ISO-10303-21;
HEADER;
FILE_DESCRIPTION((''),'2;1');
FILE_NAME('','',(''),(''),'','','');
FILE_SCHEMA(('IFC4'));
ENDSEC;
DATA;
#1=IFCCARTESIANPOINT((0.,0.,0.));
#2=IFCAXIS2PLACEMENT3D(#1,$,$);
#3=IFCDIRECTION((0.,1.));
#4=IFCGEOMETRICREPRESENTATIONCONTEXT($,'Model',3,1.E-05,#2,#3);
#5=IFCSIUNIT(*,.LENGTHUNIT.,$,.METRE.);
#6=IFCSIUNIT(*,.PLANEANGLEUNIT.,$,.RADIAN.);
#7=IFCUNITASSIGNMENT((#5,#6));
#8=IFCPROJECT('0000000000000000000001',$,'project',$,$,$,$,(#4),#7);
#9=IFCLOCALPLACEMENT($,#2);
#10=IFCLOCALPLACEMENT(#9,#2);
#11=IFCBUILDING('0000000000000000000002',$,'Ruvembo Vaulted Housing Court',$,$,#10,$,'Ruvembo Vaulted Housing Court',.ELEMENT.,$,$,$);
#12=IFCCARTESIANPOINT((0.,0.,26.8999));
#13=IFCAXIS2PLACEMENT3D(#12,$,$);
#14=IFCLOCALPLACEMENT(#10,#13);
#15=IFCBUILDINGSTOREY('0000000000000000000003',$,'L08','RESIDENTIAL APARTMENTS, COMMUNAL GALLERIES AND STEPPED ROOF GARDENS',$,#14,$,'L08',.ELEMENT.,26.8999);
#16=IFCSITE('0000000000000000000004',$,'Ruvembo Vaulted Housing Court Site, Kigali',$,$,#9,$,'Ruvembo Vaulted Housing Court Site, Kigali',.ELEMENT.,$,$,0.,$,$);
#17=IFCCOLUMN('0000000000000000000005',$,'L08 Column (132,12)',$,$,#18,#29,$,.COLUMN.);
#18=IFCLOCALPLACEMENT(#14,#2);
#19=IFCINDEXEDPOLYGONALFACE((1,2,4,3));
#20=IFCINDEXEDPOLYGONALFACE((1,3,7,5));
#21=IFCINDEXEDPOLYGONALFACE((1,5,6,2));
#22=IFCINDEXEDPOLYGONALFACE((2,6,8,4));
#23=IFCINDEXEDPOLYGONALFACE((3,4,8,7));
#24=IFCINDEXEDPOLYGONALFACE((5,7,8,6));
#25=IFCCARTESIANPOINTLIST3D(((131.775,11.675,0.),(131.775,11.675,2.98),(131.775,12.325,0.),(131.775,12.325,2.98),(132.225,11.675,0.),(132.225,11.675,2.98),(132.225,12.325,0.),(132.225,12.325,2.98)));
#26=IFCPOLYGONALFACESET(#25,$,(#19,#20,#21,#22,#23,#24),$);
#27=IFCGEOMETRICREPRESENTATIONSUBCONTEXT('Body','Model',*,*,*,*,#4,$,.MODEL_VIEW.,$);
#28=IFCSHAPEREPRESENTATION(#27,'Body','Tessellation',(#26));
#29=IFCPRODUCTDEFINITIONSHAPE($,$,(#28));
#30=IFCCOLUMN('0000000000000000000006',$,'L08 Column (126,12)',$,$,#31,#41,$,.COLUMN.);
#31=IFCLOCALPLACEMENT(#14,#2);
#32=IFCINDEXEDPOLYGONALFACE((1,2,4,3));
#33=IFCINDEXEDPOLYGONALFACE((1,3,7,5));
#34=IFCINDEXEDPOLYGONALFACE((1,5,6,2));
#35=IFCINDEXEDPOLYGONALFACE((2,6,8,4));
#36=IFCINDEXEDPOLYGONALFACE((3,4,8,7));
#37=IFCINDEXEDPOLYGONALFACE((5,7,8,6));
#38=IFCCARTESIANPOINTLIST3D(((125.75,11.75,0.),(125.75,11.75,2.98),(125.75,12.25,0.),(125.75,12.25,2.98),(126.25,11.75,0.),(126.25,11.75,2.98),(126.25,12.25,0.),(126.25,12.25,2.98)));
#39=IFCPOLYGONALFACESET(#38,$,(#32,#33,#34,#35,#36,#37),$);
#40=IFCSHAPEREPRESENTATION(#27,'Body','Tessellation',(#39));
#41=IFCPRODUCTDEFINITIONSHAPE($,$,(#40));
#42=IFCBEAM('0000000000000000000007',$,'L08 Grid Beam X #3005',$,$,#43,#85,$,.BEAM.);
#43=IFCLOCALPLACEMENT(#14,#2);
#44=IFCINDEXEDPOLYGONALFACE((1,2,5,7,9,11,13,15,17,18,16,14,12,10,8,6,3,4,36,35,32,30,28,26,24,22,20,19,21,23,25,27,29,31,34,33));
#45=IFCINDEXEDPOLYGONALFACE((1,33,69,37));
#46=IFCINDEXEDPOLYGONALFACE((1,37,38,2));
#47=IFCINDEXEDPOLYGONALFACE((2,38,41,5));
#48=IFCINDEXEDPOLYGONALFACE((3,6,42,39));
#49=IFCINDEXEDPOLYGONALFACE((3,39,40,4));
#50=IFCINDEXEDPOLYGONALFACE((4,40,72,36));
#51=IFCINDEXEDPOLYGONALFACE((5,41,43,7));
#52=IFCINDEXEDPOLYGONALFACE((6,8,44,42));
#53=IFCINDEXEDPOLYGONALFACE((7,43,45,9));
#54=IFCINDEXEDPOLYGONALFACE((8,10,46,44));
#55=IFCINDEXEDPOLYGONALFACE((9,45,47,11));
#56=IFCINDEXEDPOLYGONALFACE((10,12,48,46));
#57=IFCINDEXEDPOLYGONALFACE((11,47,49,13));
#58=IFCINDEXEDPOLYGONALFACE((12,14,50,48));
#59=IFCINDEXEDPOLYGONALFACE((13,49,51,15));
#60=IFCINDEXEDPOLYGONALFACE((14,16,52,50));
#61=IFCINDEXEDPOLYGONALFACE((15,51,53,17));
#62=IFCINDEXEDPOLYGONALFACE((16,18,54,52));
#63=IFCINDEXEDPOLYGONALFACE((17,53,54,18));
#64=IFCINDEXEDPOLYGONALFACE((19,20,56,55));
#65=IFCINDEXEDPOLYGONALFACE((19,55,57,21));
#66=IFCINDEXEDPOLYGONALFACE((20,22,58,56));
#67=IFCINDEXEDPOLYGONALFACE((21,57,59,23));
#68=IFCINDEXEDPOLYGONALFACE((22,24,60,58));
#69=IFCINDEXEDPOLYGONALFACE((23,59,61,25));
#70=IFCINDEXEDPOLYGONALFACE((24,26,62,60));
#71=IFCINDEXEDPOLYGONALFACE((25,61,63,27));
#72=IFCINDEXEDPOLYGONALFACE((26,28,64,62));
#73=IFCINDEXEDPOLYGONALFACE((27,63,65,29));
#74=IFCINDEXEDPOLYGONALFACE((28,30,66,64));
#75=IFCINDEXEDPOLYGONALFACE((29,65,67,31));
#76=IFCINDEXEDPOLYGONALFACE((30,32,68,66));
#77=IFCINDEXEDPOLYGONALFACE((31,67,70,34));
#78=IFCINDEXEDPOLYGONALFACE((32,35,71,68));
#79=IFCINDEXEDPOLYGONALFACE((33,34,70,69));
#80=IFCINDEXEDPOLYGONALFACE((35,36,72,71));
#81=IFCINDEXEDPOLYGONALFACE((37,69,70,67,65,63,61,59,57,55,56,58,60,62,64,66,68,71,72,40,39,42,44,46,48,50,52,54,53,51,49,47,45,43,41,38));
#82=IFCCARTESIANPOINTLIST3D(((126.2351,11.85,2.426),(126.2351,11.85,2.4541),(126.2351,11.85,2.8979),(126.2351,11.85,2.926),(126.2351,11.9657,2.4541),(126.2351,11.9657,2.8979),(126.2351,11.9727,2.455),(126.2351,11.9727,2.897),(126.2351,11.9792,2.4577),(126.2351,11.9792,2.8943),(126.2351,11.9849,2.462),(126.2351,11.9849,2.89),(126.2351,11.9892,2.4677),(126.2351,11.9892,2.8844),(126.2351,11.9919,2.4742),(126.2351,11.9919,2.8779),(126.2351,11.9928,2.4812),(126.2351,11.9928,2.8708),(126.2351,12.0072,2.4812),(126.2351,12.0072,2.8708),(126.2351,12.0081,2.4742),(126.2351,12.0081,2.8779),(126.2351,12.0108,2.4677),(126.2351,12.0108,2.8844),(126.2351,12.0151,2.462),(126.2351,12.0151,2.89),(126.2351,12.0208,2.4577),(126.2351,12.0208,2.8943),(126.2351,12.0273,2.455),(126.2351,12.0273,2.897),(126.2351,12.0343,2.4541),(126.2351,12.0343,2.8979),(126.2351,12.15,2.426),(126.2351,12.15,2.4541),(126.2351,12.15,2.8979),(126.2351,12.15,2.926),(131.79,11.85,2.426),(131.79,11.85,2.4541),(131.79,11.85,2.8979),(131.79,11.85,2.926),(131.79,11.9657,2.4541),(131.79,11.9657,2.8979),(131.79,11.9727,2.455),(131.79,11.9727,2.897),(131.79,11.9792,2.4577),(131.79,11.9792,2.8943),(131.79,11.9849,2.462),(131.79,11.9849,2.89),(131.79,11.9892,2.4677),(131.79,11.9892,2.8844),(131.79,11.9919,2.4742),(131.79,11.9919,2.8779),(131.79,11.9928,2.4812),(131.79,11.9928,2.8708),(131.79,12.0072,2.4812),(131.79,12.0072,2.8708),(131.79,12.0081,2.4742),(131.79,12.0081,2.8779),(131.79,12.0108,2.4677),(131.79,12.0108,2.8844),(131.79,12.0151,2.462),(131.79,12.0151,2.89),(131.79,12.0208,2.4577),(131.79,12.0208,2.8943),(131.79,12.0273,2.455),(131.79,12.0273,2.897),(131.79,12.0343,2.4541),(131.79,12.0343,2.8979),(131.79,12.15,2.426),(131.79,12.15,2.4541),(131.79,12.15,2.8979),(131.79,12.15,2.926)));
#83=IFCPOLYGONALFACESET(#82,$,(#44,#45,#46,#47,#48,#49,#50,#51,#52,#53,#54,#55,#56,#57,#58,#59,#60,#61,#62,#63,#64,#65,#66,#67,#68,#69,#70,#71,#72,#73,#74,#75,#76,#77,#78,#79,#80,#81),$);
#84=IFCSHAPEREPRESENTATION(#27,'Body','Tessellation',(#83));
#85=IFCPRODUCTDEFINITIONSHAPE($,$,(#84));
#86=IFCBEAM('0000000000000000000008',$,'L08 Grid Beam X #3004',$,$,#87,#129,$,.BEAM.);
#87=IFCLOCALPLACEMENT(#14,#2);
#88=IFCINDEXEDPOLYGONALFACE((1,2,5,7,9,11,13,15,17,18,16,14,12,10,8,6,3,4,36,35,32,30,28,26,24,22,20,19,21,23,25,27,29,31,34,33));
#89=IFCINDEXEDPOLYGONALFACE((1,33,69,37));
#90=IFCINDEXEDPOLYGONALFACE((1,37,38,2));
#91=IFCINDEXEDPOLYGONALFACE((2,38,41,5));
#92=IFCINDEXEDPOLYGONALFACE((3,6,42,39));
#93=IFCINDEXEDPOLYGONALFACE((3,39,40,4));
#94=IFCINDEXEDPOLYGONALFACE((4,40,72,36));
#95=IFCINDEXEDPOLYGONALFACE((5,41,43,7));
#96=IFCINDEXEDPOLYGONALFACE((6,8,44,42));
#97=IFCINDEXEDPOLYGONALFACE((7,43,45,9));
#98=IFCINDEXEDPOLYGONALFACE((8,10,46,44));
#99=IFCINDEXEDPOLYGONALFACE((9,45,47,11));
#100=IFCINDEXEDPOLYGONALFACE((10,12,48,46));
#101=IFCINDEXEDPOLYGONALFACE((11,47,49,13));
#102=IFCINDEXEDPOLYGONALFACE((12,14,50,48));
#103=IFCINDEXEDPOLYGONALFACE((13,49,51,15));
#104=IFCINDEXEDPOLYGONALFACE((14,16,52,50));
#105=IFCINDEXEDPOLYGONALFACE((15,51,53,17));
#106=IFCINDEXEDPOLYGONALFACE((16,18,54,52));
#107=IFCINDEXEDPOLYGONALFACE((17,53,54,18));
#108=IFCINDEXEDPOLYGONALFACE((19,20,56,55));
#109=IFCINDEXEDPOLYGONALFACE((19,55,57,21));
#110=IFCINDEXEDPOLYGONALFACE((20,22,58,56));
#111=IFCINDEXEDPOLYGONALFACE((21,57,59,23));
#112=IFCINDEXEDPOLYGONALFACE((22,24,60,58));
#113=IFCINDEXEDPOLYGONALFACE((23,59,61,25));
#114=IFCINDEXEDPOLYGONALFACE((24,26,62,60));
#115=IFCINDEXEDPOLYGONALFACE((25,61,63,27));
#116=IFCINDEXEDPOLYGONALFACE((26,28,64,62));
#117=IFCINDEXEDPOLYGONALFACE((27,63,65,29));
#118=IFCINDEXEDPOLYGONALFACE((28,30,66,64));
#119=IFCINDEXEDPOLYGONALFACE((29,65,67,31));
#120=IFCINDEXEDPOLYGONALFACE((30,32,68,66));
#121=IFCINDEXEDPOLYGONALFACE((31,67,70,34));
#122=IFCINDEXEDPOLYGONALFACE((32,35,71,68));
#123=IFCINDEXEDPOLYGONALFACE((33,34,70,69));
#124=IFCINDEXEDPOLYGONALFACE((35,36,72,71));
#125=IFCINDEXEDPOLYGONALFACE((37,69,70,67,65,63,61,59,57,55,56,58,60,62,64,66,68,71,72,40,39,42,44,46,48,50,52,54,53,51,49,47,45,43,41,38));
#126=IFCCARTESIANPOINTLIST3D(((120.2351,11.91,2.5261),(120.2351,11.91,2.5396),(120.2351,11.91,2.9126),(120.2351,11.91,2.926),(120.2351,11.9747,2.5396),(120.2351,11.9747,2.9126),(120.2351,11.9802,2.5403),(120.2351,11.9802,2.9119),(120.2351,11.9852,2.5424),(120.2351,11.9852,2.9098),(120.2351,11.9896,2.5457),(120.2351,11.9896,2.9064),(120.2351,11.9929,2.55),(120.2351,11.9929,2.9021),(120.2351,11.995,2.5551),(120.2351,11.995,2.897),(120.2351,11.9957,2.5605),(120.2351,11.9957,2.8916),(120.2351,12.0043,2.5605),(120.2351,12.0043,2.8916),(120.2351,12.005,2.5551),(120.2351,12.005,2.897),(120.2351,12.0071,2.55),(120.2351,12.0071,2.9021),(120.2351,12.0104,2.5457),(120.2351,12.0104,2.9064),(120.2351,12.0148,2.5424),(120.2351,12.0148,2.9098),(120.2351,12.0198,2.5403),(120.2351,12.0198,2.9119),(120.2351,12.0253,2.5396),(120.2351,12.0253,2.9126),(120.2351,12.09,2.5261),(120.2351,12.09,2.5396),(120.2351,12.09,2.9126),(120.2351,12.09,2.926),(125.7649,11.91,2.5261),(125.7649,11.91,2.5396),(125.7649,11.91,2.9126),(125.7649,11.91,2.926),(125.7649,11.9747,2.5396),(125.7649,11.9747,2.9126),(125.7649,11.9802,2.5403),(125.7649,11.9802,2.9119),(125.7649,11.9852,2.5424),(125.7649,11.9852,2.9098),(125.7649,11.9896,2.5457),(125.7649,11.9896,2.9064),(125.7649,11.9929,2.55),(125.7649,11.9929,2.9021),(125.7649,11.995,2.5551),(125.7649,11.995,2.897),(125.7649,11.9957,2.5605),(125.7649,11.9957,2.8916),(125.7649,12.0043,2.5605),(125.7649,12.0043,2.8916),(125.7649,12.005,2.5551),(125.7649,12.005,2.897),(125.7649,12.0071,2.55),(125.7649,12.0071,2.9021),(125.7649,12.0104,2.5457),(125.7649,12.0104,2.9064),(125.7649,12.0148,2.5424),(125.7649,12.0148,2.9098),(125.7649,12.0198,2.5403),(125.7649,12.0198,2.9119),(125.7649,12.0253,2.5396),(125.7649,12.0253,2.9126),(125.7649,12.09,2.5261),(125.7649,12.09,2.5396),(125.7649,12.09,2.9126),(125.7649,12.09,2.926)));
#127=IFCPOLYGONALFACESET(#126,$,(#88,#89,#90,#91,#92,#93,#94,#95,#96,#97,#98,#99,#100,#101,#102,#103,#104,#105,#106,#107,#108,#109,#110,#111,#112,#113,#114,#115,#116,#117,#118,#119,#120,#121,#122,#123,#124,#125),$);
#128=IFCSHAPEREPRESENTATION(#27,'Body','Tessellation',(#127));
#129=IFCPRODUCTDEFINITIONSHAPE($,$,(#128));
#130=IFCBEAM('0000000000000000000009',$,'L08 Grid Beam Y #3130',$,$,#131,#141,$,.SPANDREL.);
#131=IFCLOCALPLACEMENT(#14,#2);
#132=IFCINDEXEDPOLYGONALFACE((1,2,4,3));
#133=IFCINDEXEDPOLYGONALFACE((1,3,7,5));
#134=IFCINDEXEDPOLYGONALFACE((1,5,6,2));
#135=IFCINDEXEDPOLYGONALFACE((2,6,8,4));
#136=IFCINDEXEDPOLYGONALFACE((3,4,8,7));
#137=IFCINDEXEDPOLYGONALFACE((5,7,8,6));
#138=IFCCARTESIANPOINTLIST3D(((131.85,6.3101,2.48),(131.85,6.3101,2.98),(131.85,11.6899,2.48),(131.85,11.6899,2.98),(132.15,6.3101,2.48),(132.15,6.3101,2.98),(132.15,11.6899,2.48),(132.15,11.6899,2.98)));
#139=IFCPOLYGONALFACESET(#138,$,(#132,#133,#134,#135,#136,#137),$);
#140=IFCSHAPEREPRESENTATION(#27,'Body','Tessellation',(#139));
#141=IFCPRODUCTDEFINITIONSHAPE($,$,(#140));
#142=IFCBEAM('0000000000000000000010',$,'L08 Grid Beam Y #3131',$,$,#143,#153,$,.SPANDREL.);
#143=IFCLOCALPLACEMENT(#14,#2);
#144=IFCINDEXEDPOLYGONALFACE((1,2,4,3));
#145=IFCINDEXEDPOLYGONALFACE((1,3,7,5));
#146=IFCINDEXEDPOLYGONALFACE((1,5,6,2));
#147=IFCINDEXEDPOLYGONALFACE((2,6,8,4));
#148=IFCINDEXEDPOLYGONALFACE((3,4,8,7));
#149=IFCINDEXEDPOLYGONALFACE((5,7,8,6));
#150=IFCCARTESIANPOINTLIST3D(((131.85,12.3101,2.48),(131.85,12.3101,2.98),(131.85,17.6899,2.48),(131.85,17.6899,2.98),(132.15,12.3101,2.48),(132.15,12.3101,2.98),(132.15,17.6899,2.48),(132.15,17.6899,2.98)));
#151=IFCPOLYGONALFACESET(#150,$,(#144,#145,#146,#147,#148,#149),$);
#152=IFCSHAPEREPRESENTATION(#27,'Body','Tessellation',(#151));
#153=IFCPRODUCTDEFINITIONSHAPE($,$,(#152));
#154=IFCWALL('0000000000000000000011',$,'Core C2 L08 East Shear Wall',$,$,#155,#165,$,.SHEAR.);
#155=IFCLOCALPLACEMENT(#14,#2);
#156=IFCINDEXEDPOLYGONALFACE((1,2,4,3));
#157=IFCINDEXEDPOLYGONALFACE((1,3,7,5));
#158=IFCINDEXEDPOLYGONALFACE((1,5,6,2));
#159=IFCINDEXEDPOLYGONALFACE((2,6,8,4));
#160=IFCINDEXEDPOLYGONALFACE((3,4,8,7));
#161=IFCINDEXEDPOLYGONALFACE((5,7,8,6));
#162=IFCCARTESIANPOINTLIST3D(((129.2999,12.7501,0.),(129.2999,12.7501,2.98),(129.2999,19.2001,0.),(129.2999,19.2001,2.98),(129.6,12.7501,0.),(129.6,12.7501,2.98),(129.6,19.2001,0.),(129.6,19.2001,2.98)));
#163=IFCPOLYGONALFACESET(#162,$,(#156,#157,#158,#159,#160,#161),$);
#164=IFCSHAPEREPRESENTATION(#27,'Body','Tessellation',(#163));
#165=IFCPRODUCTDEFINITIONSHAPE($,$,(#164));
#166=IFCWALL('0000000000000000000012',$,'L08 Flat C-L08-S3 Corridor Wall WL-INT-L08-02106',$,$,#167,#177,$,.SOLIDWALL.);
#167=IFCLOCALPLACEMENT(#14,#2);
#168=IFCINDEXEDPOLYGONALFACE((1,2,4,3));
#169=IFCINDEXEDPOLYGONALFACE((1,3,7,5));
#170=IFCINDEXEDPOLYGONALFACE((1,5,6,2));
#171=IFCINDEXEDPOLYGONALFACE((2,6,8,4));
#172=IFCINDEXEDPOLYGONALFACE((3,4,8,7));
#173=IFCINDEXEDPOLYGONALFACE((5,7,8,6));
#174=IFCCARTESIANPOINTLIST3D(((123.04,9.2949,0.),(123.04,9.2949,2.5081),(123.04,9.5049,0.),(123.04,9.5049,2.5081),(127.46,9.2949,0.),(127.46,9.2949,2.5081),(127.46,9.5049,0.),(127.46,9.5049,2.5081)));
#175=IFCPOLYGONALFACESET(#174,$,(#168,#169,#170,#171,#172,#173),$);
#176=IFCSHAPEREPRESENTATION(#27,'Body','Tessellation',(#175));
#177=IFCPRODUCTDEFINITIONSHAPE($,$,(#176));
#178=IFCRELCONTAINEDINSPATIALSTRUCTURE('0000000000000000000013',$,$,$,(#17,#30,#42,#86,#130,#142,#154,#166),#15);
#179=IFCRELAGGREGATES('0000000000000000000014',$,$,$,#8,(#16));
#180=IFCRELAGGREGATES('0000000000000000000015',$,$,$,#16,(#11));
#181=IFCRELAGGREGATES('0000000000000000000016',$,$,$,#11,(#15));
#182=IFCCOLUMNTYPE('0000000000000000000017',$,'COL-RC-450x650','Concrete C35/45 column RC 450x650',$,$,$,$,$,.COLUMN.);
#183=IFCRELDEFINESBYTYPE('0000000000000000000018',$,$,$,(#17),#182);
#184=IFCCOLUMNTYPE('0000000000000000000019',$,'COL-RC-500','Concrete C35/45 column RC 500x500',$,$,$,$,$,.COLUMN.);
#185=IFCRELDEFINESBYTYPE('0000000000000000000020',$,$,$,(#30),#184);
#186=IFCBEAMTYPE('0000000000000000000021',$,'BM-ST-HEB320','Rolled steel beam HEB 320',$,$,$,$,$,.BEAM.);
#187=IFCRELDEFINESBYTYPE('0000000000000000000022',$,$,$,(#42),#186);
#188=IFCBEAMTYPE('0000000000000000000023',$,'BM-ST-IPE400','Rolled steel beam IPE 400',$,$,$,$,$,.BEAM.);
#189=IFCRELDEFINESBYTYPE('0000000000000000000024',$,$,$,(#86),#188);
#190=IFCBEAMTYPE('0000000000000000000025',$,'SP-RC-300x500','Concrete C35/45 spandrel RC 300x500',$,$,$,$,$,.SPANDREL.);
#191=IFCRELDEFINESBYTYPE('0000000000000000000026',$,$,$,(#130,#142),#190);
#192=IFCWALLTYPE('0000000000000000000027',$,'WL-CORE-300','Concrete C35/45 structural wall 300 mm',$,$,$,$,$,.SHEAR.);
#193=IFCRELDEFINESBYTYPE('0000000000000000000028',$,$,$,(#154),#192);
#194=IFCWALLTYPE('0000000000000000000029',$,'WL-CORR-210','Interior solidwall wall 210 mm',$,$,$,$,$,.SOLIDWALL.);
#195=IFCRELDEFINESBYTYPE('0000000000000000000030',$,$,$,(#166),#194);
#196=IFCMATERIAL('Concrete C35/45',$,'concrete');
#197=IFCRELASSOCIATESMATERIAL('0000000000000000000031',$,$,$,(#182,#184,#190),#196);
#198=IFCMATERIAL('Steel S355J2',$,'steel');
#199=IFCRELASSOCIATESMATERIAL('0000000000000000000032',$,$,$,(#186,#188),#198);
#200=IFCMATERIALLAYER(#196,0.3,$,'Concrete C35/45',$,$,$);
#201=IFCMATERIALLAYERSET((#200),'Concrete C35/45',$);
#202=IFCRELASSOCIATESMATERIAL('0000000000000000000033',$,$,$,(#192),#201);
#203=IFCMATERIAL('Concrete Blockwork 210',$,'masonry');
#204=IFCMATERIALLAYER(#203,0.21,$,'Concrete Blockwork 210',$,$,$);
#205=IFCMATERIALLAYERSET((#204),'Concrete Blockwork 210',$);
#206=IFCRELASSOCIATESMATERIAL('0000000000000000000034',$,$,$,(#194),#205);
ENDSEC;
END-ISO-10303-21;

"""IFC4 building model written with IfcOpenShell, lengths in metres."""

from ifc_helpers import new_model, si_unit, direction, frame, frame_2d, origin, origin_2d, place, context, subcontext, project, spatial, rectangle, i_section, extrude, material, layer, layer_set, material_profile, profile_set, type_object, element, save


model = new_model("IFC4")

# Units and contexts
model_context = context("Model", 3, precision=1e-05, world=origin(), true_north=direction((0.0, 1.0)))
body_context = subcontext(model_context, "Body", "Model", "MODEL_VIEW")
ifc_project = project(units=[si_unit("LENGTHUNIT", "METRE"), si_unit("PLANEANGLEUNIT", "RADIAN")], contexts=[model_context])

# Site, building, storey
site_placement = place(None, origin())
site = spatial("IfcSite", under=ifc_project, at=site_placement, Name="Ruvembo Vaulted Housing Court Site, Kigali", LongName="Ruvembo Vaulted Housing Court Site, Kigali", CompositionType="ELEMENT", RefElevation=0.0)
building_placement = place(site_placement, origin())
building = spatial("IfcBuilding", under=site, at=building_placement, Name="Ruvembo Vaulted Housing Court", LongName="Ruvembo Vaulted Housing Court", CompositionType="ELEMENT")
storey_placement = place(building_placement, frame((0.0, 0.0, 26.8999)))
storey = spatial("IfcBuildingStorey", under=building, at=storey_placement, Name="L08", Description="RESIDENTIAL APARTMENTS, COMMUNAL GALLERIES AND STEPPED ROOF GARDENS", LongName="L08", CompositionType="ELEMENT", Elevation=26.8999)

# Columns
ifc_material_1 = material(Name="Concrete C35/45", Category="concrete")
ifc_material_profile_1 = material_profile(ifc_material_1, rectangle(XDim=0.45, YDim=0.6499, at=origin_2d()), Name="RC 450x650")
ifc_profile_set_1 = profile_set([ifc_material_profile_1], Name="Concrete C35/45")
column_type_1 = type_object("IfcColumnType", Name="COL-RC-450x650", Description="Concrete C35/45 column RC 450x650", PredefinedType="COLUMN", material=ifc_profile_set_1)
column_1_placement = place(storey_placement, frame((132.0, 12.0, 0.0), z_axis=(0.0, 0.0, 1.0), x_axis=(1.0, 0.0, 0.0)))
element("IfcColumn", 1, at=column_1_placement, inside=storey, type_object=column_type_1, Name="L08 Column (132,12)", PredefinedType="COLUMN", context=body_context, shape_type="SweptSolid", body=[
    extrude(rectangle(XDim=0.45, YDim=0.6499, at=origin_2d()), origin(), (0.0, 0.0, 1.0), 2.98),
])
ifc_material_profile_2 = material_profile(ifc_material_1, rectangle(XDim=0.5, YDim=0.5, at=origin_2d()), Name="RC 500x500")
ifc_profile_set_2 = profile_set([ifc_material_profile_2], Name="Concrete C35/45")
column_type_2 = type_object("IfcColumnType", Name="COL-RC-500", Description="Concrete C35/45 column RC 500x500", PredefinedType="COLUMN", material=ifc_profile_set_2)
column_2_placement = place(storey_placement, frame((126.0, 12.0, 0.0), z_axis=(0.0, 0.0, 1.0), x_axis=(1.0, 0.0, 0.0)))
element("IfcColumn", 2, at=column_2_placement, inside=storey, type_object=column_type_2, Name="L08 Column (126,12)", PredefinedType="COLUMN", context=body_context, shape_type="SweptSolid", body=[
    extrude(rectangle(XDim=0.5, YDim=0.5, at=origin_2d()), origin(), (0.0, 0.0, 1.0), 2.98),
])

# Beams
ifc_material_2 = material(Name="Steel S355J2", Category="steel")
ifc_material_profile_3 = material_profile(ifc_material_2, i_section(OverallWidth=0.3, OverallDepth=0.5, WebThickness=0.0144, FlangeThickness=0.0281, FilletRadius=0.0271, at=origin_2d()), Name="HEB 320")
ifc_profile_set_3 = profile_set([ifc_material_profile_3], Name="Steel S355J2")
beam_type_1 = type_object("IfcBeamType", Name="BM-ST-HEB320", Description="Rolled steel beam HEB 320", PredefinedType="BEAM", material=ifc_profile_set_3)
beam_1_placement = place(storey_placement, frame((126.2351, 12.0, 2.676), z_axis=(1.0, 0.0, 0.0), x_axis=(0.0, 1.0, 0.0)))
element("IfcBeam", 3, at=beam_1_placement, inside=storey, type_object=beam_type_1, Name="L08 Grid Beam X #3005", PredefinedType="BEAM", context=body_context, shape_type="SweptSolid", body=[
    extrude(i_section(OverallWidth=0.3, OverallDepth=0.5, WebThickness=0.0144, FlangeThickness=0.0281, FilletRadius=0.0271, at=origin_2d()), origin(), (0.0, 0.0, 1.0), 5.5549),
])
ifc_material_profile_4 = material_profile(ifc_material_2, i_section(OverallWidth=0.1799, OverallDepth=0.3999, WebThickness=0.0085, FlangeThickness=0.0134, FilletRadius=0.021, at=origin_2d()), Name="IPE 400")
ifc_profile_set_4 = profile_set([ifc_material_profile_4], Name="Steel S355J2")
beam_type_2 = type_object("IfcBeamType", Name="BM-ST-IPE400", Description="Rolled steel beam IPE 400", PredefinedType="BEAM", material=ifc_profile_set_4)
beam_2_placement = place(storey_placement, frame((120.2351, 12.0, 2.7261), z_axis=(1.0, 0.0, 0.0), x_axis=(0.0, 1.0, 0.0)))
element("IfcBeam", 4, at=beam_2_placement, inside=storey, type_object=beam_type_2, Name="L08 Grid Beam X #3004", PredefinedType="BEAM", context=body_context, shape_type="SweptSolid", body=[
    extrude(i_section(OverallWidth=0.1799, OverallDepth=0.3999, WebThickness=0.0085, FlangeThickness=0.0134, FilletRadius=0.021, at=origin_2d()), origin(), (0.0, 0.0, 1.0), 5.5298),
])
ifc_material_profile_5 = material_profile(ifc_material_1, rectangle(XDim=0.3, YDim=0.5, at=origin_2d()), Name="RC 300x500")
ifc_profile_set_5 = profile_set([ifc_material_profile_5], Name="Concrete C35/45")
beam_type_3 = type_object("IfcBeamType", Name="SP-RC-300x500", Description="Concrete C35/45 spandrel RC 300x500", PredefinedType="SPANDREL", material=ifc_profile_set_5)
for number, where, z_axis, x_axis, name in (
    (5, (132.0, 6.3101, 2.73), (0.0, 1.0, 0.0), (-1.0, 0.0, 0.0), "L08 Grid Beam Y #3130"),
    (6, (132.0, 12.3101, 2.73), (0.0, 1.0, 0.0), (-1.0, 0.0, 0.0), "L08 Grid Beam Y #3131"),
):
    element("IfcBeam", number, at=place(storey_placement, frame(where, z_axis=z_axis, x_axis=x_axis)), inside=storey, type_object=beam_type_3, Name=name, PredefinedType="SPANDREL", context=body_context, shape_type="SweptSolid", body=[
        extrude(rectangle(XDim=0.3, YDim=0.5, at=origin_2d()), origin(), (0.0, 0.0, 1.0), 5.3799),
    ])

# Shared definitions
ifc_layer_1 = layer(ifc_material_1, 0.3, Name="Concrete C35/45")
ifc_layer_set_1 = layer_set([ifc_layer_1], Name="Concrete C35/45")
wall_type_1 = type_object("IfcWallType", Name="WL-CORE-300", Description="Concrete C35/45 structural wall 300 mm", PredefinedType="SHEAR", material=ifc_layer_set_1)

# Walls
wall_1_placement = place(storey_placement, frame((129.45, 12.75, 0.0), z_axis=(0.0, 0.0, 1.0), x_axis=(0.0, 1.0, 0.0)))
element("IfcWall", 7, at=wall_1_placement, inside=storey, type_object=wall_type_1, Name="Core C2 L08 East Shear Wall", PredefinedType="SHEAR", context=body_context, shape_type="SweptSolid", body=[
    extrude(rectangle(XDim=6.45, YDim=0.3, at=frame_2d((3.2251, 0.0))), origin(), (0.0, 0.0, 1.0), 2.98),
])
ifc_material_3 = material(Name="Concrete Blockwork 210", Category="masonry")
ifc_layer_2 = layer(ifc_material_3, 0.21, Name="Concrete Blockwork 210")
ifc_layer_set_2 = layer_set([ifc_layer_2], Name="Concrete Blockwork 210")
wall_type_2 = type_object("IfcWallType", Name="WL-CORR-210", Description="Interior solidwall wall 210 mm", PredefinedType="SOLIDWALL", material=ifc_layer_set_2)
wall_2_placement = place(storey_placement, frame((123.04, 9.3999, 0.0), z_axis=(0.0, 0.0, 1.0), x_axis=(1.0, 0.0, 0.0)))
element("IfcWall", 8, at=wall_2_placement, inside=storey, type_object=wall_type_2, Name="L08 Flat C-L08-S3 Corridor Wall WL-INT-L08-02106", PredefinedType="SOLIDWALL", context=body_context, shape_type="SweptSolid", body=[
    extrude(rectangle(XDim=4.4199, YDim=0.21, at=frame_2d((2.21, 0.0))), origin(), (0.0, 0.0, 1.0), 2.5081),
])

save(model, "model.ifc")
